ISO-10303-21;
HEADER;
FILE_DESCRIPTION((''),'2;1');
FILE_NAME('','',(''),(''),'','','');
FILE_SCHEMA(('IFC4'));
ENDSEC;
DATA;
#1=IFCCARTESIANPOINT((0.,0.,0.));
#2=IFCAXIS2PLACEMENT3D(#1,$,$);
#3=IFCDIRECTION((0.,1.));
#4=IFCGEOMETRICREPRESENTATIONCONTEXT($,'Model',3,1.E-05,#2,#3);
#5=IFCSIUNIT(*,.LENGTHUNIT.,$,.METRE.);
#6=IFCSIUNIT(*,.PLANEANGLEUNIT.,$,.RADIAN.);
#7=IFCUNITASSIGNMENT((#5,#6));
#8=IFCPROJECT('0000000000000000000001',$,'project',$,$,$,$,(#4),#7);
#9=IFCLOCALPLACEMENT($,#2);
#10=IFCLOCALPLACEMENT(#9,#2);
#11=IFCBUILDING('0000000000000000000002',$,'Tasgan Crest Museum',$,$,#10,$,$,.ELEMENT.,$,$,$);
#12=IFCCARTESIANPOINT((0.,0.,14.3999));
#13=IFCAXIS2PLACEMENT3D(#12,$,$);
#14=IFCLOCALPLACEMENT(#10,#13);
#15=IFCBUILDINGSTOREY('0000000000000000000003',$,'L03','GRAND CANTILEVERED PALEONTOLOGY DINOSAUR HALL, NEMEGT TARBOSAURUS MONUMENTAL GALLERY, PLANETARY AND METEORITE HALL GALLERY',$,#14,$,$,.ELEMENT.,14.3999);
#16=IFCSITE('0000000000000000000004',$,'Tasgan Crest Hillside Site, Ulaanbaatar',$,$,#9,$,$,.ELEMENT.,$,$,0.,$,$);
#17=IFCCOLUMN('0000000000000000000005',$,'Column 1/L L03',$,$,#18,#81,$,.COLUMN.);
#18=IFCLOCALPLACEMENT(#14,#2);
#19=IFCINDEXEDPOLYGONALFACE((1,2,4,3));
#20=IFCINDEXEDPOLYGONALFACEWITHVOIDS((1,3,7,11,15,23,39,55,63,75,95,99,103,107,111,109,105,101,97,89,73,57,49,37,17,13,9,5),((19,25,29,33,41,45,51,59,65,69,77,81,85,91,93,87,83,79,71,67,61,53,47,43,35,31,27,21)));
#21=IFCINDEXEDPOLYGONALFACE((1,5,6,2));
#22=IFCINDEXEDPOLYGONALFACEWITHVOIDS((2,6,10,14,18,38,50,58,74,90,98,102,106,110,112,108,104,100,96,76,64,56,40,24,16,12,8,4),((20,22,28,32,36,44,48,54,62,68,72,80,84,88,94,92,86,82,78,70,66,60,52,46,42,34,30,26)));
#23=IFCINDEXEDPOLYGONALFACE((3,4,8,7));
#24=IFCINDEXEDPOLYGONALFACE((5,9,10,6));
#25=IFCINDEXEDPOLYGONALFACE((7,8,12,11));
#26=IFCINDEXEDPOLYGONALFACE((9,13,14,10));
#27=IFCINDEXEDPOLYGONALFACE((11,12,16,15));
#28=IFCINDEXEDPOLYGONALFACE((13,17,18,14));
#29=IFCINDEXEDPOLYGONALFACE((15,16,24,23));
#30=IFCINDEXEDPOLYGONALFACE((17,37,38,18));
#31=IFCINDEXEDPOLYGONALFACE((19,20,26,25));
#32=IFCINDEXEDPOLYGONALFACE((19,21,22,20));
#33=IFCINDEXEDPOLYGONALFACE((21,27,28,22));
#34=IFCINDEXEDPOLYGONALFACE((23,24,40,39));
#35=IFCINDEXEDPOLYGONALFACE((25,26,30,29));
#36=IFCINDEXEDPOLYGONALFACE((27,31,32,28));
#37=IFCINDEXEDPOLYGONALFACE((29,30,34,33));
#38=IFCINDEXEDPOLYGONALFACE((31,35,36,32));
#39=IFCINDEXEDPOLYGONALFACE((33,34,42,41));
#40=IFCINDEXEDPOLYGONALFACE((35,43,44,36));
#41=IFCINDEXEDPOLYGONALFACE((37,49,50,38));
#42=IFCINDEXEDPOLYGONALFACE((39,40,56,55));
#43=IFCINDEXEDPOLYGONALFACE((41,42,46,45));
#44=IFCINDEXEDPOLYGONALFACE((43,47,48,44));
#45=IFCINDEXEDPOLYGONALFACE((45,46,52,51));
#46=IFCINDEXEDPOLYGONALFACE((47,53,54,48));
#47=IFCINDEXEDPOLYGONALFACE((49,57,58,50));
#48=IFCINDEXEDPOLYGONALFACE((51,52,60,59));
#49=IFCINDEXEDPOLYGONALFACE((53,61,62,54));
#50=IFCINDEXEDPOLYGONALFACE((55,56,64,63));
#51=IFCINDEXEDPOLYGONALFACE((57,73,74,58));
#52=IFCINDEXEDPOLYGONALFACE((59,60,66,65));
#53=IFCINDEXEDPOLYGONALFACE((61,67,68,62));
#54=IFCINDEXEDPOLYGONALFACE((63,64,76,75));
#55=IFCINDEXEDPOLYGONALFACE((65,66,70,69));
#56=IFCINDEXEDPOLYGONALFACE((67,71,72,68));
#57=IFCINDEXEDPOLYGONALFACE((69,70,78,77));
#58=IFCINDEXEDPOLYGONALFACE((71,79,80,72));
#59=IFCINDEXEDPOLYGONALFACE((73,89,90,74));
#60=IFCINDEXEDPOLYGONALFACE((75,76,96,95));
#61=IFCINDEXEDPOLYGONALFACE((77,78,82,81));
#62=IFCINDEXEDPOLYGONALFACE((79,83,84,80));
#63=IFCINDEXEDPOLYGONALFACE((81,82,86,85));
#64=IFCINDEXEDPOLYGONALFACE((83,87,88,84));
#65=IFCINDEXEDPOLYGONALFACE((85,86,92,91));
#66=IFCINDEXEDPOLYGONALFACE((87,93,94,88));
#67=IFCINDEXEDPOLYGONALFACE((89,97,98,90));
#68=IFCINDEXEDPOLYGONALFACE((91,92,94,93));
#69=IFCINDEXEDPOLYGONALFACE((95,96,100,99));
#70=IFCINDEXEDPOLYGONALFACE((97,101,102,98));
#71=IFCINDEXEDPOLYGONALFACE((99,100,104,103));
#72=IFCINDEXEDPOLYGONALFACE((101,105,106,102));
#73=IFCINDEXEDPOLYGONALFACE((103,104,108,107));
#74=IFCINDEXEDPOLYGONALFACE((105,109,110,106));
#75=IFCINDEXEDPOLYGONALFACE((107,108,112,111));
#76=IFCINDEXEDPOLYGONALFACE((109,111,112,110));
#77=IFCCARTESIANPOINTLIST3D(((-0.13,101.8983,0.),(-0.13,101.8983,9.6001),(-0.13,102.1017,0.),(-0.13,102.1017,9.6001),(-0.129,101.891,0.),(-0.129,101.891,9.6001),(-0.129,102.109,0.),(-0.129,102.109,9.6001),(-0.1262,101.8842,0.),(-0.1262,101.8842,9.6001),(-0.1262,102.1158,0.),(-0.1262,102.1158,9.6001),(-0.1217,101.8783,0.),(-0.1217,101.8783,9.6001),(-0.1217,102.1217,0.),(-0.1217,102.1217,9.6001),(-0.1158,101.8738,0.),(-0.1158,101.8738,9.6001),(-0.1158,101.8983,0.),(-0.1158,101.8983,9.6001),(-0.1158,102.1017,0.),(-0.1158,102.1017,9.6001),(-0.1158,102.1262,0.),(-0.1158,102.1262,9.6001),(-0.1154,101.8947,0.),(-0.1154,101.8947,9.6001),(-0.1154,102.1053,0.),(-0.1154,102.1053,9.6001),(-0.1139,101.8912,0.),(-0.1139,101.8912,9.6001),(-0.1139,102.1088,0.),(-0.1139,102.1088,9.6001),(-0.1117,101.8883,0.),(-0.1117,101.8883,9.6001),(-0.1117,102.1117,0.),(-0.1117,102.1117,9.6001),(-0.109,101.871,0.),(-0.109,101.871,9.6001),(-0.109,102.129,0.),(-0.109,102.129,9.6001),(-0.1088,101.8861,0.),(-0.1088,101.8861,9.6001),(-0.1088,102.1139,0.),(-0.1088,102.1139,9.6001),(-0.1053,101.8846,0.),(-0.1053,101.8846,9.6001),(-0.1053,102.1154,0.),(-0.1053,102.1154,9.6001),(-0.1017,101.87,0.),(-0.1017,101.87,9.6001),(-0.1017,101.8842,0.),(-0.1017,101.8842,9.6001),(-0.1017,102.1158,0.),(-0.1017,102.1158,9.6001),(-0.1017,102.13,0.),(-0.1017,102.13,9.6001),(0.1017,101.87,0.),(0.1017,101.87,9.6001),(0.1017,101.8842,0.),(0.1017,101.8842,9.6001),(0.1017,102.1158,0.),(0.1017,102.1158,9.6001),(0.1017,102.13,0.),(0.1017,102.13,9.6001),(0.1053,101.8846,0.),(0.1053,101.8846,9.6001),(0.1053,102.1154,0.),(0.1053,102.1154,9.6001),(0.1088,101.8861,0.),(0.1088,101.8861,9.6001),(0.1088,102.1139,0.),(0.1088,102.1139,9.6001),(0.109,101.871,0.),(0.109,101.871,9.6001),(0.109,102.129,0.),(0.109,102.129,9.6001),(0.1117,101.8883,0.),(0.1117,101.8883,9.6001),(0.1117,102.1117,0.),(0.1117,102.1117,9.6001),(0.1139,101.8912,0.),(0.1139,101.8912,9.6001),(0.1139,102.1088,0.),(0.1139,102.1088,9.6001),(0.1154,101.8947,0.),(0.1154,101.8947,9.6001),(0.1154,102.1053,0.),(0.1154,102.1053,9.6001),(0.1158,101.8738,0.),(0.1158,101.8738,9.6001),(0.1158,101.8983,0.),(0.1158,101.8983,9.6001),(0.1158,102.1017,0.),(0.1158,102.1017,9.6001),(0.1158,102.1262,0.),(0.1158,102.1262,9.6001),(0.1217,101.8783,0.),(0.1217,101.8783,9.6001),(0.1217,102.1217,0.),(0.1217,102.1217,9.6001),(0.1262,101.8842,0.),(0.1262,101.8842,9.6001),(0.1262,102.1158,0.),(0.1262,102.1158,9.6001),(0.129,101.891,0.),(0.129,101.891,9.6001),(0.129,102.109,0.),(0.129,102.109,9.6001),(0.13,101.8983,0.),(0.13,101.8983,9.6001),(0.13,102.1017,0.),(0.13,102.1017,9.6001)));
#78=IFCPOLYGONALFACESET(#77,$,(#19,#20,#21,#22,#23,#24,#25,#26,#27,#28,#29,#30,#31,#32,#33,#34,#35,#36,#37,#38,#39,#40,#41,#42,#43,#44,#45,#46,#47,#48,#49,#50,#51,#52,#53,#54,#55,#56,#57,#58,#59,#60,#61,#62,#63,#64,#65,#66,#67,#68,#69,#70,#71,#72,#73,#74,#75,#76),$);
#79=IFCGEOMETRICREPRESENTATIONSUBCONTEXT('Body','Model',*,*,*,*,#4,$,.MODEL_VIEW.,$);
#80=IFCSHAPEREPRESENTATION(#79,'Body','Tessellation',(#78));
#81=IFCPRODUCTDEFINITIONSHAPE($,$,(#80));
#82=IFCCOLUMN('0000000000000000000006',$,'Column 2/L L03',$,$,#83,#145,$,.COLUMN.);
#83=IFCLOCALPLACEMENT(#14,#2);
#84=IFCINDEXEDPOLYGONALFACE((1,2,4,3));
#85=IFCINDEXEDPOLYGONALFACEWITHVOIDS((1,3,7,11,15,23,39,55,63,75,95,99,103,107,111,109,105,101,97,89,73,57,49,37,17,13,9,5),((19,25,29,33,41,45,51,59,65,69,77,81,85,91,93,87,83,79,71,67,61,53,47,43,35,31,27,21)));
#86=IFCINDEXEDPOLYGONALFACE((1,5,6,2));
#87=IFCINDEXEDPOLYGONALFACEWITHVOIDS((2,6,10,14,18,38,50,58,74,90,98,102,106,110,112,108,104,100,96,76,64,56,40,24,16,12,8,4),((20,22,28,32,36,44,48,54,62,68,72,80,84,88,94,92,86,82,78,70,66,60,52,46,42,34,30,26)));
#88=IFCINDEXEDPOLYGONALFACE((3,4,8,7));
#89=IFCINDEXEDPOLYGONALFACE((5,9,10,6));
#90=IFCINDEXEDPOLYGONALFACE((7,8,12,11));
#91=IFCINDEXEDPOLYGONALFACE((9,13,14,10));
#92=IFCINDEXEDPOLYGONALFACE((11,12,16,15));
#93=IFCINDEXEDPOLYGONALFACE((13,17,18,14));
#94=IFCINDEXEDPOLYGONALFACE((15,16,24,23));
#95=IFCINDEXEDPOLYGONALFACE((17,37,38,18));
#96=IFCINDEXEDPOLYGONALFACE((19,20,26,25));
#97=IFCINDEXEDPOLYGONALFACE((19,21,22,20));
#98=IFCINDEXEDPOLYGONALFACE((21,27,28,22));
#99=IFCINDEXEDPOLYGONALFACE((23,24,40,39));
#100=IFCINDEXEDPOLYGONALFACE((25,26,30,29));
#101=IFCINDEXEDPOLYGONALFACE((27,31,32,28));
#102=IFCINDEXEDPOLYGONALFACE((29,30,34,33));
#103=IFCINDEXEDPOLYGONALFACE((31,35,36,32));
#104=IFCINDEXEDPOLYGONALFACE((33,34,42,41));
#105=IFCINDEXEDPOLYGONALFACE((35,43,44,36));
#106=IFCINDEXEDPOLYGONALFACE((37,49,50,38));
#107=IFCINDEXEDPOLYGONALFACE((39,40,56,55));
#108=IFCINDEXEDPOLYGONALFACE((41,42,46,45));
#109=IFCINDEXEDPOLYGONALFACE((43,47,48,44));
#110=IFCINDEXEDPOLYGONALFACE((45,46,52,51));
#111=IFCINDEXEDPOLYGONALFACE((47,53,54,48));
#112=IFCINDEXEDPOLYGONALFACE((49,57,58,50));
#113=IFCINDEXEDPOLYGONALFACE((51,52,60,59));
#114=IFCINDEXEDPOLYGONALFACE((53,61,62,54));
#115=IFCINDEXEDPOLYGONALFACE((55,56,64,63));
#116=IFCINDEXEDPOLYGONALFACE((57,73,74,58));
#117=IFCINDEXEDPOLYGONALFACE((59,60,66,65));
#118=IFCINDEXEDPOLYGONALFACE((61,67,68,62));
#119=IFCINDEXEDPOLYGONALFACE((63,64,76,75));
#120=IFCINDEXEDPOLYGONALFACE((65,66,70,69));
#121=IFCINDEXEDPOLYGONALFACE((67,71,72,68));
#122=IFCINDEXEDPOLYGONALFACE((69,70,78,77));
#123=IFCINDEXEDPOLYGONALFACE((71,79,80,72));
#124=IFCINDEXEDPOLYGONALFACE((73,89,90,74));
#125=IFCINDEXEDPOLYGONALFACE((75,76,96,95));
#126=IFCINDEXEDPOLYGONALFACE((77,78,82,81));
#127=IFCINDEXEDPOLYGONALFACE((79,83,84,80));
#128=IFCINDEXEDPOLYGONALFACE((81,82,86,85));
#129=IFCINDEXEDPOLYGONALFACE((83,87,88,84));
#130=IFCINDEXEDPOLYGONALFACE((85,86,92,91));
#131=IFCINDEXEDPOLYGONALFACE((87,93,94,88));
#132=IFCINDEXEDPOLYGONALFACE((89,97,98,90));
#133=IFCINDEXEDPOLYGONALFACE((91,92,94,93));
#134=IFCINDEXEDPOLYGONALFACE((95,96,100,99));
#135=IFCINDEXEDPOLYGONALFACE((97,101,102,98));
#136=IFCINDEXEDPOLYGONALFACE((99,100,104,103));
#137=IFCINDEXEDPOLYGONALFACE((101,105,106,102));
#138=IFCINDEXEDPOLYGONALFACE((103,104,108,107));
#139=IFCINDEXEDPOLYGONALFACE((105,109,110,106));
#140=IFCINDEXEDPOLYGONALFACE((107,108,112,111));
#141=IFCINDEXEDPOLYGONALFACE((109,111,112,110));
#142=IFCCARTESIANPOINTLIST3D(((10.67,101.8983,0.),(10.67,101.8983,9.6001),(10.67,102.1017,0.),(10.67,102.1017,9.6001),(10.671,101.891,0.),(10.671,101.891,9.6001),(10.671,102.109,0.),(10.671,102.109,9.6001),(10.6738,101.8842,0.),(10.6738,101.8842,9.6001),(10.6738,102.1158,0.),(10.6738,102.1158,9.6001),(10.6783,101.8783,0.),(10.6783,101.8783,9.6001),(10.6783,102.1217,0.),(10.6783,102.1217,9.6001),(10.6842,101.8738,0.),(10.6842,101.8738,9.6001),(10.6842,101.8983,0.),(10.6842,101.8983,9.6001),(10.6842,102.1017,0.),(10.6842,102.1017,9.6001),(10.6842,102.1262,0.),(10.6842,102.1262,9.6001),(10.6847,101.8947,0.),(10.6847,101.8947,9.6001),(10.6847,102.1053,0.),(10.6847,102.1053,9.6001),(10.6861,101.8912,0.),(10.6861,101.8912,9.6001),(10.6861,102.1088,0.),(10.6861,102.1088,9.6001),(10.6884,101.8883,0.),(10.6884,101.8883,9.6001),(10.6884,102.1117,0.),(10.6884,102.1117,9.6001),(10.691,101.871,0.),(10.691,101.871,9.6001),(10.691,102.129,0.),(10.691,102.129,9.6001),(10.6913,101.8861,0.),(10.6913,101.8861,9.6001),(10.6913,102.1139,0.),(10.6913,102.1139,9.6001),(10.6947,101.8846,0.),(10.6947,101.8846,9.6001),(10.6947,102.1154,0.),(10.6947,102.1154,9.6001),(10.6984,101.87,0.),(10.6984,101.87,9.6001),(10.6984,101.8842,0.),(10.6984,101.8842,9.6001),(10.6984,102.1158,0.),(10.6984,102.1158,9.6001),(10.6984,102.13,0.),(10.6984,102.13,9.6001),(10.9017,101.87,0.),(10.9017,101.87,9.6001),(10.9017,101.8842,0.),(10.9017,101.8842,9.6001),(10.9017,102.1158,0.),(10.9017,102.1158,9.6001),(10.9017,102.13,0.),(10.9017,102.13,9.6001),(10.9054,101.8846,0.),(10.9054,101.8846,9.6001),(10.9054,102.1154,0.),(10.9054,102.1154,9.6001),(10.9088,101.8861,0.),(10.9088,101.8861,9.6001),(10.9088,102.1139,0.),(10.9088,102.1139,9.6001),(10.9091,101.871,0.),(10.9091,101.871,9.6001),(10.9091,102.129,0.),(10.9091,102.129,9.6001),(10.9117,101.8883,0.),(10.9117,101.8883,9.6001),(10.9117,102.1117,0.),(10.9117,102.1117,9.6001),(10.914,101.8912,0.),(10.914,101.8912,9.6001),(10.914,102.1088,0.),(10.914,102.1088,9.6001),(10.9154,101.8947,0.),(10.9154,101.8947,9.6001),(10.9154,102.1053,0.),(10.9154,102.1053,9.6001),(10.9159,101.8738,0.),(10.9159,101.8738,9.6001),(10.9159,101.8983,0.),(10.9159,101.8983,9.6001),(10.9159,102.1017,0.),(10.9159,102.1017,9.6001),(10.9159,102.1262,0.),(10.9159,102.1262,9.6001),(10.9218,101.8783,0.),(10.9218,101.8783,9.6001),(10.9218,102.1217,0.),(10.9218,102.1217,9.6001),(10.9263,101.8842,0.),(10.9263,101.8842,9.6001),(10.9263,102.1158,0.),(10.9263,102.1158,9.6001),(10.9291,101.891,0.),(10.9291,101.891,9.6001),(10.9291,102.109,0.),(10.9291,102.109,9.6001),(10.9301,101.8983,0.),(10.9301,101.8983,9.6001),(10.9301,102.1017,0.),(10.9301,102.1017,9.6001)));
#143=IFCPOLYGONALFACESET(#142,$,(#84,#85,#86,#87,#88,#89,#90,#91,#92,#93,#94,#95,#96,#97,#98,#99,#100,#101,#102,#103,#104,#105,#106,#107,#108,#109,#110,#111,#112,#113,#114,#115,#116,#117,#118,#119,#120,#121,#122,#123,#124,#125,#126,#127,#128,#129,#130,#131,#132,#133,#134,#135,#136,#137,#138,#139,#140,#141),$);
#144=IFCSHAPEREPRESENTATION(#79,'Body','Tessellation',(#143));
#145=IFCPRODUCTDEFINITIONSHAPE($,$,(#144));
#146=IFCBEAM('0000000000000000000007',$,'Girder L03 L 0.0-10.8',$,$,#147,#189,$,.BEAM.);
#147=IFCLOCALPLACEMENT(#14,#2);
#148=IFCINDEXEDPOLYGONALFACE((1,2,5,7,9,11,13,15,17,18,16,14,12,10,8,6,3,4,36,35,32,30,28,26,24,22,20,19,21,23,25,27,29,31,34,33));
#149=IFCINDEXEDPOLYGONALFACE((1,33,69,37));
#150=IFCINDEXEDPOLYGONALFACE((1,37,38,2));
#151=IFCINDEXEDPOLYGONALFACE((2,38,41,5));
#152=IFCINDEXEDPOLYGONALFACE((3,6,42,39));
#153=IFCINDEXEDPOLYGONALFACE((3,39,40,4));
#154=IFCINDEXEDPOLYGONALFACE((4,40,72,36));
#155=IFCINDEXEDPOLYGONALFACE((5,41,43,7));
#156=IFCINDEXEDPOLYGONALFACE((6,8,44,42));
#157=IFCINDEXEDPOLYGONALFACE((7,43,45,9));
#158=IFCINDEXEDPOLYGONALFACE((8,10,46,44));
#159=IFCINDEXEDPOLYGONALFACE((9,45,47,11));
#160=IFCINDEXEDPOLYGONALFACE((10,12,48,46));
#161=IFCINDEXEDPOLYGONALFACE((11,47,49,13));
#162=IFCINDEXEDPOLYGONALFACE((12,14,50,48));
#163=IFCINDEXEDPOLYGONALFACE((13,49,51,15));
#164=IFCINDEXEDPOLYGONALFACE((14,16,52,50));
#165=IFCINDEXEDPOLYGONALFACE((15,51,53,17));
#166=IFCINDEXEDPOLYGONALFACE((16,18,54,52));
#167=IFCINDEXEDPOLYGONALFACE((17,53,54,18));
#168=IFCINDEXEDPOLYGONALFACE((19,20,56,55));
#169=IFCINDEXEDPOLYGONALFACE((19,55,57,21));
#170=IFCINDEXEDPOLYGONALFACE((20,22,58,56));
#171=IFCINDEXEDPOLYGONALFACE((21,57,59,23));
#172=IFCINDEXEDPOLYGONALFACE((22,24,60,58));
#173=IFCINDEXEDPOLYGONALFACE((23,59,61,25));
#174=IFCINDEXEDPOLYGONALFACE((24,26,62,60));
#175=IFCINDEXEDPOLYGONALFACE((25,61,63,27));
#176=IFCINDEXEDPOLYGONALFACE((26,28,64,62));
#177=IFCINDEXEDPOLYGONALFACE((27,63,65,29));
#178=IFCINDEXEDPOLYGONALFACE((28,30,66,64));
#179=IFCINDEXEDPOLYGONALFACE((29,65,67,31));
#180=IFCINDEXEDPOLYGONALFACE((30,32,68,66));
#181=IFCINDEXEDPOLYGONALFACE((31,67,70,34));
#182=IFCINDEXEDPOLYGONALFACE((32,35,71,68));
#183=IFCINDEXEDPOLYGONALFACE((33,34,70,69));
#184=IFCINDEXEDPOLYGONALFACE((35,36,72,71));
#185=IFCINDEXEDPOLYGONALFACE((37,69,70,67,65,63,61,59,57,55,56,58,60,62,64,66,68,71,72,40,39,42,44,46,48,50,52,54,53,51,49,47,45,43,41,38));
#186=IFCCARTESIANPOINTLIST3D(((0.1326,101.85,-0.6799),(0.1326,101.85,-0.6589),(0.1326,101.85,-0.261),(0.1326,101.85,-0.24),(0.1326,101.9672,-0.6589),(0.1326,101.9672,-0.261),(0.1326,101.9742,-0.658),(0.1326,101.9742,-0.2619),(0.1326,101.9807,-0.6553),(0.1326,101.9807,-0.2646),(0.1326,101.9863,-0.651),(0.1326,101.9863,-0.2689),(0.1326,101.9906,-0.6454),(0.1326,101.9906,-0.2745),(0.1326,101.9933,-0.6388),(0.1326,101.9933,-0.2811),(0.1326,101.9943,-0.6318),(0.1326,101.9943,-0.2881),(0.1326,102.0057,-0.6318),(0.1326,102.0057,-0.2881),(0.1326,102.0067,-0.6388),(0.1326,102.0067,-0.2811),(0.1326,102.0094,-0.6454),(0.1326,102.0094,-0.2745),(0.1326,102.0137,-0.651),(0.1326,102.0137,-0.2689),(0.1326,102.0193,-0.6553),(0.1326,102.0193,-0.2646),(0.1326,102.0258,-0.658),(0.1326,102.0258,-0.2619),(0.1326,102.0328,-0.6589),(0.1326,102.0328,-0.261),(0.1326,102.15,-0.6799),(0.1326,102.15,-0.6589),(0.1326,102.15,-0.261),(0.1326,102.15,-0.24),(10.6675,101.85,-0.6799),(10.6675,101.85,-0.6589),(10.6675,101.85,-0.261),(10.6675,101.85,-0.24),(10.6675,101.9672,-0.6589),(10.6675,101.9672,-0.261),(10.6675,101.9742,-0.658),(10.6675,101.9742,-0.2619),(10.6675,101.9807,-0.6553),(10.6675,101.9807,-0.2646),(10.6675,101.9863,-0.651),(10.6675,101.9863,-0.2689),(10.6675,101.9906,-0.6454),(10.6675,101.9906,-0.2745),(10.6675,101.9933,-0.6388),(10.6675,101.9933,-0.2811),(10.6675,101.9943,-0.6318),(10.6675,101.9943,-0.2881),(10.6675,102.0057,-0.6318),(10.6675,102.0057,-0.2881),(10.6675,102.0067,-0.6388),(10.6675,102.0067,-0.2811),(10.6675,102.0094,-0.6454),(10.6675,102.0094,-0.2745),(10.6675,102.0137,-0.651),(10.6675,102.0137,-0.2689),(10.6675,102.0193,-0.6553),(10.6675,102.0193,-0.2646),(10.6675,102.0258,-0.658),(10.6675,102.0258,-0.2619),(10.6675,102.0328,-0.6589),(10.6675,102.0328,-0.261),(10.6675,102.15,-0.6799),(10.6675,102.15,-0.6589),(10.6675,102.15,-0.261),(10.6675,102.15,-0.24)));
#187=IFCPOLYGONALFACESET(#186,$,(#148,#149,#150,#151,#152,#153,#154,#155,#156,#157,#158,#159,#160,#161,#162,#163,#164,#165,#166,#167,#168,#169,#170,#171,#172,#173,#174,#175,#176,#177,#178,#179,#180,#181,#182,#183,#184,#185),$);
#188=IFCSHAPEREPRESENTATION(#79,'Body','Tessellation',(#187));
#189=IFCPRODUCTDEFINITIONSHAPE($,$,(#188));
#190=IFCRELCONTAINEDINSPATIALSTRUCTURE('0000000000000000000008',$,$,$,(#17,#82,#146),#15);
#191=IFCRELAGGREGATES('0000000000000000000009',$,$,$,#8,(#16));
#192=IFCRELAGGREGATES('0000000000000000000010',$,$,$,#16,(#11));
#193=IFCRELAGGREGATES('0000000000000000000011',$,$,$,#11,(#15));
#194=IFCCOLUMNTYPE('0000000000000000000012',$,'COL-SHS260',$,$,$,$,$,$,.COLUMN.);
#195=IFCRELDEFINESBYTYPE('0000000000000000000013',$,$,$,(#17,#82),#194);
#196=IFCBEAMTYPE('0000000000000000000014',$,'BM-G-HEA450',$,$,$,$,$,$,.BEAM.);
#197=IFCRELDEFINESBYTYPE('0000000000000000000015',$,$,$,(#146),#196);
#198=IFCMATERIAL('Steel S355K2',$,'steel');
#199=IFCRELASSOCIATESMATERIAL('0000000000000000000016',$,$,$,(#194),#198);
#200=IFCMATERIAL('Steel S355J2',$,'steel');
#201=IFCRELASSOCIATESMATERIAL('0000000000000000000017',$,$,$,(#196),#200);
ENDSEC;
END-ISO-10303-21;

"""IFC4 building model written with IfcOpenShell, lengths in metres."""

from ifc_helpers import new_model, si_unit, direction, frame, origin, origin_2d, place, context, subcontext, project, spatial, hollow_rectangle, i_section, extrude, material, material_profile, profile_set, type_object, element, save


model = new_model("IFC4")

# Units and contexts
model_context = context("Model", 3, precision=1e-05, world=origin(), true_north=direction((0.0, 1.0)))
body_context = subcontext(model_context, "Body", "Model", "MODEL_VIEW")
ifc_project = project(units=[si_unit("LENGTHUNIT", "METRE"), si_unit("PLANEANGLEUNIT", "RADIAN")], contexts=[model_context])

# Site, building, storey
site_placement = place(None, origin())
site = spatial("IfcSite", under=ifc_project, at=site_placement, Name="Tasgan Crest Hillside Site, Ulaanbaatar", CompositionType="ELEMENT", RefElevation=0.0)
building_placement = place(site_placement, origin())
building = spatial("IfcBuilding", under=site, at=building_placement, Name="Tasgan Crest Museum", CompositionType="ELEMENT")
storey_placement = place(building_placement, frame((0.0, 0.0, 14.3999)))
storey = spatial("IfcBuildingStorey", under=building, at=storey_placement, Name="L03", Description="GRAND CANTILEVERED PALEONTOLOGY DINOSAUR HALL, NEMEGT TARBOSAURUS MONUMENTAL GALLERY, PLANETARY AND METEORITE HALL GALLERY", CompositionType="ELEMENT", Elevation=14.3999)

# Columns
ifc_material_1 = material(Name="Steel S355K2", Category="steel")
ifc_material_profile_1 = material_profile(ifc_material_1, hollow_rectangle(XDim=0.26, YDim=0.26, WallThickness=0.0142, InnerFilletRadius=0.0142, OuterFilletRadius=0.0283, at=origin_2d()), Name="SHS 260x260x14.2")
ifc_profile_set_1 = profile_set([ifc_material_profile_1], Name="Steel S355K2")
column_type = type_object("IfcColumnType", Name="COL-SHS260", PredefinedType="COLUMN", material=ifc_profile_set_1)
for number, where, z_axis, x_axis, name in (
    (1, (0.0, 102.0, 0.0), (0.0, 0.0, 1.0), (1.0, 0.0, 0.0), "Column 1/L L03"),
    (2, (10.8, 102.0, 0.0), (0.0, 0.0, 1.0), (1.0, 0.0, 0.0), "Column 2/L L03"),
):
    element("IfcColumn", number, at=place(storey_placement, frame(where, z_axis=z_axis, x_axis=x_axis)), inside=storey, type_object=column_type, Name=name, PredefinedType="COLUMN", context=body_context, shape_type="SweptSolid", body=[
        extrude(hollow_rectangle(XDim=0.26, YDim=0.26, WallThickness=0.0142, InnerFilletRadius=0.0142, OuterFilletRadius=0.0283, at=origin_2d()), origin(), (0.0, 0.0, 1.0), 9.6001),
    ])

# Beam
ifc_material_2 = material(Name="Steel S355J2", Category="steel")
ifc_material_profile_2 = material_profile(ifc_material_2, i_section(OverallWidth=0.3, OverallDepth=0.4399, WebThickness=0.0115, FlangeThickness=0.021, FilletRadius=0.0271, at=origin_2d()), Name="HEA 450")
ifc_profile_set_2 = profile_set([ifc_material_profile_2], Name="Steel S355J2")
beam_type_1 = type_object("IfcBeamType", Name="BM-G-HEA450", PredefinedType="BEAM", material=ifc_profile_set_2)
for number, where, z_axis, x_axis, name in (
    (3, (0.1326, 102.0, -0.46), (1.0, 0.0, 0.0), (0.0, 1.0, 0.0), "Girder L03 L 0.0-10.8"),
):
    element("IfcBeam", number, at=place(storey_placement, frame(where, z_axis=z_axis, x_axis=x_axis)), inside=storey, type_object=beam_type_1, Name=name, PredefinedType="BEAM", context=body_context, shape_type="SweptSolid", body=[
        extrude(i_section(OverallWidth=0.3, OverallDepth=0.4399, WebThickness=0.0115, FlangeThickness=0.021, FilletRadius=0.0271, at=origin_2d()), origin(), (0.0, 0.0, 1.0), 10.5349),
    ])

save(model, "model.ifc")
